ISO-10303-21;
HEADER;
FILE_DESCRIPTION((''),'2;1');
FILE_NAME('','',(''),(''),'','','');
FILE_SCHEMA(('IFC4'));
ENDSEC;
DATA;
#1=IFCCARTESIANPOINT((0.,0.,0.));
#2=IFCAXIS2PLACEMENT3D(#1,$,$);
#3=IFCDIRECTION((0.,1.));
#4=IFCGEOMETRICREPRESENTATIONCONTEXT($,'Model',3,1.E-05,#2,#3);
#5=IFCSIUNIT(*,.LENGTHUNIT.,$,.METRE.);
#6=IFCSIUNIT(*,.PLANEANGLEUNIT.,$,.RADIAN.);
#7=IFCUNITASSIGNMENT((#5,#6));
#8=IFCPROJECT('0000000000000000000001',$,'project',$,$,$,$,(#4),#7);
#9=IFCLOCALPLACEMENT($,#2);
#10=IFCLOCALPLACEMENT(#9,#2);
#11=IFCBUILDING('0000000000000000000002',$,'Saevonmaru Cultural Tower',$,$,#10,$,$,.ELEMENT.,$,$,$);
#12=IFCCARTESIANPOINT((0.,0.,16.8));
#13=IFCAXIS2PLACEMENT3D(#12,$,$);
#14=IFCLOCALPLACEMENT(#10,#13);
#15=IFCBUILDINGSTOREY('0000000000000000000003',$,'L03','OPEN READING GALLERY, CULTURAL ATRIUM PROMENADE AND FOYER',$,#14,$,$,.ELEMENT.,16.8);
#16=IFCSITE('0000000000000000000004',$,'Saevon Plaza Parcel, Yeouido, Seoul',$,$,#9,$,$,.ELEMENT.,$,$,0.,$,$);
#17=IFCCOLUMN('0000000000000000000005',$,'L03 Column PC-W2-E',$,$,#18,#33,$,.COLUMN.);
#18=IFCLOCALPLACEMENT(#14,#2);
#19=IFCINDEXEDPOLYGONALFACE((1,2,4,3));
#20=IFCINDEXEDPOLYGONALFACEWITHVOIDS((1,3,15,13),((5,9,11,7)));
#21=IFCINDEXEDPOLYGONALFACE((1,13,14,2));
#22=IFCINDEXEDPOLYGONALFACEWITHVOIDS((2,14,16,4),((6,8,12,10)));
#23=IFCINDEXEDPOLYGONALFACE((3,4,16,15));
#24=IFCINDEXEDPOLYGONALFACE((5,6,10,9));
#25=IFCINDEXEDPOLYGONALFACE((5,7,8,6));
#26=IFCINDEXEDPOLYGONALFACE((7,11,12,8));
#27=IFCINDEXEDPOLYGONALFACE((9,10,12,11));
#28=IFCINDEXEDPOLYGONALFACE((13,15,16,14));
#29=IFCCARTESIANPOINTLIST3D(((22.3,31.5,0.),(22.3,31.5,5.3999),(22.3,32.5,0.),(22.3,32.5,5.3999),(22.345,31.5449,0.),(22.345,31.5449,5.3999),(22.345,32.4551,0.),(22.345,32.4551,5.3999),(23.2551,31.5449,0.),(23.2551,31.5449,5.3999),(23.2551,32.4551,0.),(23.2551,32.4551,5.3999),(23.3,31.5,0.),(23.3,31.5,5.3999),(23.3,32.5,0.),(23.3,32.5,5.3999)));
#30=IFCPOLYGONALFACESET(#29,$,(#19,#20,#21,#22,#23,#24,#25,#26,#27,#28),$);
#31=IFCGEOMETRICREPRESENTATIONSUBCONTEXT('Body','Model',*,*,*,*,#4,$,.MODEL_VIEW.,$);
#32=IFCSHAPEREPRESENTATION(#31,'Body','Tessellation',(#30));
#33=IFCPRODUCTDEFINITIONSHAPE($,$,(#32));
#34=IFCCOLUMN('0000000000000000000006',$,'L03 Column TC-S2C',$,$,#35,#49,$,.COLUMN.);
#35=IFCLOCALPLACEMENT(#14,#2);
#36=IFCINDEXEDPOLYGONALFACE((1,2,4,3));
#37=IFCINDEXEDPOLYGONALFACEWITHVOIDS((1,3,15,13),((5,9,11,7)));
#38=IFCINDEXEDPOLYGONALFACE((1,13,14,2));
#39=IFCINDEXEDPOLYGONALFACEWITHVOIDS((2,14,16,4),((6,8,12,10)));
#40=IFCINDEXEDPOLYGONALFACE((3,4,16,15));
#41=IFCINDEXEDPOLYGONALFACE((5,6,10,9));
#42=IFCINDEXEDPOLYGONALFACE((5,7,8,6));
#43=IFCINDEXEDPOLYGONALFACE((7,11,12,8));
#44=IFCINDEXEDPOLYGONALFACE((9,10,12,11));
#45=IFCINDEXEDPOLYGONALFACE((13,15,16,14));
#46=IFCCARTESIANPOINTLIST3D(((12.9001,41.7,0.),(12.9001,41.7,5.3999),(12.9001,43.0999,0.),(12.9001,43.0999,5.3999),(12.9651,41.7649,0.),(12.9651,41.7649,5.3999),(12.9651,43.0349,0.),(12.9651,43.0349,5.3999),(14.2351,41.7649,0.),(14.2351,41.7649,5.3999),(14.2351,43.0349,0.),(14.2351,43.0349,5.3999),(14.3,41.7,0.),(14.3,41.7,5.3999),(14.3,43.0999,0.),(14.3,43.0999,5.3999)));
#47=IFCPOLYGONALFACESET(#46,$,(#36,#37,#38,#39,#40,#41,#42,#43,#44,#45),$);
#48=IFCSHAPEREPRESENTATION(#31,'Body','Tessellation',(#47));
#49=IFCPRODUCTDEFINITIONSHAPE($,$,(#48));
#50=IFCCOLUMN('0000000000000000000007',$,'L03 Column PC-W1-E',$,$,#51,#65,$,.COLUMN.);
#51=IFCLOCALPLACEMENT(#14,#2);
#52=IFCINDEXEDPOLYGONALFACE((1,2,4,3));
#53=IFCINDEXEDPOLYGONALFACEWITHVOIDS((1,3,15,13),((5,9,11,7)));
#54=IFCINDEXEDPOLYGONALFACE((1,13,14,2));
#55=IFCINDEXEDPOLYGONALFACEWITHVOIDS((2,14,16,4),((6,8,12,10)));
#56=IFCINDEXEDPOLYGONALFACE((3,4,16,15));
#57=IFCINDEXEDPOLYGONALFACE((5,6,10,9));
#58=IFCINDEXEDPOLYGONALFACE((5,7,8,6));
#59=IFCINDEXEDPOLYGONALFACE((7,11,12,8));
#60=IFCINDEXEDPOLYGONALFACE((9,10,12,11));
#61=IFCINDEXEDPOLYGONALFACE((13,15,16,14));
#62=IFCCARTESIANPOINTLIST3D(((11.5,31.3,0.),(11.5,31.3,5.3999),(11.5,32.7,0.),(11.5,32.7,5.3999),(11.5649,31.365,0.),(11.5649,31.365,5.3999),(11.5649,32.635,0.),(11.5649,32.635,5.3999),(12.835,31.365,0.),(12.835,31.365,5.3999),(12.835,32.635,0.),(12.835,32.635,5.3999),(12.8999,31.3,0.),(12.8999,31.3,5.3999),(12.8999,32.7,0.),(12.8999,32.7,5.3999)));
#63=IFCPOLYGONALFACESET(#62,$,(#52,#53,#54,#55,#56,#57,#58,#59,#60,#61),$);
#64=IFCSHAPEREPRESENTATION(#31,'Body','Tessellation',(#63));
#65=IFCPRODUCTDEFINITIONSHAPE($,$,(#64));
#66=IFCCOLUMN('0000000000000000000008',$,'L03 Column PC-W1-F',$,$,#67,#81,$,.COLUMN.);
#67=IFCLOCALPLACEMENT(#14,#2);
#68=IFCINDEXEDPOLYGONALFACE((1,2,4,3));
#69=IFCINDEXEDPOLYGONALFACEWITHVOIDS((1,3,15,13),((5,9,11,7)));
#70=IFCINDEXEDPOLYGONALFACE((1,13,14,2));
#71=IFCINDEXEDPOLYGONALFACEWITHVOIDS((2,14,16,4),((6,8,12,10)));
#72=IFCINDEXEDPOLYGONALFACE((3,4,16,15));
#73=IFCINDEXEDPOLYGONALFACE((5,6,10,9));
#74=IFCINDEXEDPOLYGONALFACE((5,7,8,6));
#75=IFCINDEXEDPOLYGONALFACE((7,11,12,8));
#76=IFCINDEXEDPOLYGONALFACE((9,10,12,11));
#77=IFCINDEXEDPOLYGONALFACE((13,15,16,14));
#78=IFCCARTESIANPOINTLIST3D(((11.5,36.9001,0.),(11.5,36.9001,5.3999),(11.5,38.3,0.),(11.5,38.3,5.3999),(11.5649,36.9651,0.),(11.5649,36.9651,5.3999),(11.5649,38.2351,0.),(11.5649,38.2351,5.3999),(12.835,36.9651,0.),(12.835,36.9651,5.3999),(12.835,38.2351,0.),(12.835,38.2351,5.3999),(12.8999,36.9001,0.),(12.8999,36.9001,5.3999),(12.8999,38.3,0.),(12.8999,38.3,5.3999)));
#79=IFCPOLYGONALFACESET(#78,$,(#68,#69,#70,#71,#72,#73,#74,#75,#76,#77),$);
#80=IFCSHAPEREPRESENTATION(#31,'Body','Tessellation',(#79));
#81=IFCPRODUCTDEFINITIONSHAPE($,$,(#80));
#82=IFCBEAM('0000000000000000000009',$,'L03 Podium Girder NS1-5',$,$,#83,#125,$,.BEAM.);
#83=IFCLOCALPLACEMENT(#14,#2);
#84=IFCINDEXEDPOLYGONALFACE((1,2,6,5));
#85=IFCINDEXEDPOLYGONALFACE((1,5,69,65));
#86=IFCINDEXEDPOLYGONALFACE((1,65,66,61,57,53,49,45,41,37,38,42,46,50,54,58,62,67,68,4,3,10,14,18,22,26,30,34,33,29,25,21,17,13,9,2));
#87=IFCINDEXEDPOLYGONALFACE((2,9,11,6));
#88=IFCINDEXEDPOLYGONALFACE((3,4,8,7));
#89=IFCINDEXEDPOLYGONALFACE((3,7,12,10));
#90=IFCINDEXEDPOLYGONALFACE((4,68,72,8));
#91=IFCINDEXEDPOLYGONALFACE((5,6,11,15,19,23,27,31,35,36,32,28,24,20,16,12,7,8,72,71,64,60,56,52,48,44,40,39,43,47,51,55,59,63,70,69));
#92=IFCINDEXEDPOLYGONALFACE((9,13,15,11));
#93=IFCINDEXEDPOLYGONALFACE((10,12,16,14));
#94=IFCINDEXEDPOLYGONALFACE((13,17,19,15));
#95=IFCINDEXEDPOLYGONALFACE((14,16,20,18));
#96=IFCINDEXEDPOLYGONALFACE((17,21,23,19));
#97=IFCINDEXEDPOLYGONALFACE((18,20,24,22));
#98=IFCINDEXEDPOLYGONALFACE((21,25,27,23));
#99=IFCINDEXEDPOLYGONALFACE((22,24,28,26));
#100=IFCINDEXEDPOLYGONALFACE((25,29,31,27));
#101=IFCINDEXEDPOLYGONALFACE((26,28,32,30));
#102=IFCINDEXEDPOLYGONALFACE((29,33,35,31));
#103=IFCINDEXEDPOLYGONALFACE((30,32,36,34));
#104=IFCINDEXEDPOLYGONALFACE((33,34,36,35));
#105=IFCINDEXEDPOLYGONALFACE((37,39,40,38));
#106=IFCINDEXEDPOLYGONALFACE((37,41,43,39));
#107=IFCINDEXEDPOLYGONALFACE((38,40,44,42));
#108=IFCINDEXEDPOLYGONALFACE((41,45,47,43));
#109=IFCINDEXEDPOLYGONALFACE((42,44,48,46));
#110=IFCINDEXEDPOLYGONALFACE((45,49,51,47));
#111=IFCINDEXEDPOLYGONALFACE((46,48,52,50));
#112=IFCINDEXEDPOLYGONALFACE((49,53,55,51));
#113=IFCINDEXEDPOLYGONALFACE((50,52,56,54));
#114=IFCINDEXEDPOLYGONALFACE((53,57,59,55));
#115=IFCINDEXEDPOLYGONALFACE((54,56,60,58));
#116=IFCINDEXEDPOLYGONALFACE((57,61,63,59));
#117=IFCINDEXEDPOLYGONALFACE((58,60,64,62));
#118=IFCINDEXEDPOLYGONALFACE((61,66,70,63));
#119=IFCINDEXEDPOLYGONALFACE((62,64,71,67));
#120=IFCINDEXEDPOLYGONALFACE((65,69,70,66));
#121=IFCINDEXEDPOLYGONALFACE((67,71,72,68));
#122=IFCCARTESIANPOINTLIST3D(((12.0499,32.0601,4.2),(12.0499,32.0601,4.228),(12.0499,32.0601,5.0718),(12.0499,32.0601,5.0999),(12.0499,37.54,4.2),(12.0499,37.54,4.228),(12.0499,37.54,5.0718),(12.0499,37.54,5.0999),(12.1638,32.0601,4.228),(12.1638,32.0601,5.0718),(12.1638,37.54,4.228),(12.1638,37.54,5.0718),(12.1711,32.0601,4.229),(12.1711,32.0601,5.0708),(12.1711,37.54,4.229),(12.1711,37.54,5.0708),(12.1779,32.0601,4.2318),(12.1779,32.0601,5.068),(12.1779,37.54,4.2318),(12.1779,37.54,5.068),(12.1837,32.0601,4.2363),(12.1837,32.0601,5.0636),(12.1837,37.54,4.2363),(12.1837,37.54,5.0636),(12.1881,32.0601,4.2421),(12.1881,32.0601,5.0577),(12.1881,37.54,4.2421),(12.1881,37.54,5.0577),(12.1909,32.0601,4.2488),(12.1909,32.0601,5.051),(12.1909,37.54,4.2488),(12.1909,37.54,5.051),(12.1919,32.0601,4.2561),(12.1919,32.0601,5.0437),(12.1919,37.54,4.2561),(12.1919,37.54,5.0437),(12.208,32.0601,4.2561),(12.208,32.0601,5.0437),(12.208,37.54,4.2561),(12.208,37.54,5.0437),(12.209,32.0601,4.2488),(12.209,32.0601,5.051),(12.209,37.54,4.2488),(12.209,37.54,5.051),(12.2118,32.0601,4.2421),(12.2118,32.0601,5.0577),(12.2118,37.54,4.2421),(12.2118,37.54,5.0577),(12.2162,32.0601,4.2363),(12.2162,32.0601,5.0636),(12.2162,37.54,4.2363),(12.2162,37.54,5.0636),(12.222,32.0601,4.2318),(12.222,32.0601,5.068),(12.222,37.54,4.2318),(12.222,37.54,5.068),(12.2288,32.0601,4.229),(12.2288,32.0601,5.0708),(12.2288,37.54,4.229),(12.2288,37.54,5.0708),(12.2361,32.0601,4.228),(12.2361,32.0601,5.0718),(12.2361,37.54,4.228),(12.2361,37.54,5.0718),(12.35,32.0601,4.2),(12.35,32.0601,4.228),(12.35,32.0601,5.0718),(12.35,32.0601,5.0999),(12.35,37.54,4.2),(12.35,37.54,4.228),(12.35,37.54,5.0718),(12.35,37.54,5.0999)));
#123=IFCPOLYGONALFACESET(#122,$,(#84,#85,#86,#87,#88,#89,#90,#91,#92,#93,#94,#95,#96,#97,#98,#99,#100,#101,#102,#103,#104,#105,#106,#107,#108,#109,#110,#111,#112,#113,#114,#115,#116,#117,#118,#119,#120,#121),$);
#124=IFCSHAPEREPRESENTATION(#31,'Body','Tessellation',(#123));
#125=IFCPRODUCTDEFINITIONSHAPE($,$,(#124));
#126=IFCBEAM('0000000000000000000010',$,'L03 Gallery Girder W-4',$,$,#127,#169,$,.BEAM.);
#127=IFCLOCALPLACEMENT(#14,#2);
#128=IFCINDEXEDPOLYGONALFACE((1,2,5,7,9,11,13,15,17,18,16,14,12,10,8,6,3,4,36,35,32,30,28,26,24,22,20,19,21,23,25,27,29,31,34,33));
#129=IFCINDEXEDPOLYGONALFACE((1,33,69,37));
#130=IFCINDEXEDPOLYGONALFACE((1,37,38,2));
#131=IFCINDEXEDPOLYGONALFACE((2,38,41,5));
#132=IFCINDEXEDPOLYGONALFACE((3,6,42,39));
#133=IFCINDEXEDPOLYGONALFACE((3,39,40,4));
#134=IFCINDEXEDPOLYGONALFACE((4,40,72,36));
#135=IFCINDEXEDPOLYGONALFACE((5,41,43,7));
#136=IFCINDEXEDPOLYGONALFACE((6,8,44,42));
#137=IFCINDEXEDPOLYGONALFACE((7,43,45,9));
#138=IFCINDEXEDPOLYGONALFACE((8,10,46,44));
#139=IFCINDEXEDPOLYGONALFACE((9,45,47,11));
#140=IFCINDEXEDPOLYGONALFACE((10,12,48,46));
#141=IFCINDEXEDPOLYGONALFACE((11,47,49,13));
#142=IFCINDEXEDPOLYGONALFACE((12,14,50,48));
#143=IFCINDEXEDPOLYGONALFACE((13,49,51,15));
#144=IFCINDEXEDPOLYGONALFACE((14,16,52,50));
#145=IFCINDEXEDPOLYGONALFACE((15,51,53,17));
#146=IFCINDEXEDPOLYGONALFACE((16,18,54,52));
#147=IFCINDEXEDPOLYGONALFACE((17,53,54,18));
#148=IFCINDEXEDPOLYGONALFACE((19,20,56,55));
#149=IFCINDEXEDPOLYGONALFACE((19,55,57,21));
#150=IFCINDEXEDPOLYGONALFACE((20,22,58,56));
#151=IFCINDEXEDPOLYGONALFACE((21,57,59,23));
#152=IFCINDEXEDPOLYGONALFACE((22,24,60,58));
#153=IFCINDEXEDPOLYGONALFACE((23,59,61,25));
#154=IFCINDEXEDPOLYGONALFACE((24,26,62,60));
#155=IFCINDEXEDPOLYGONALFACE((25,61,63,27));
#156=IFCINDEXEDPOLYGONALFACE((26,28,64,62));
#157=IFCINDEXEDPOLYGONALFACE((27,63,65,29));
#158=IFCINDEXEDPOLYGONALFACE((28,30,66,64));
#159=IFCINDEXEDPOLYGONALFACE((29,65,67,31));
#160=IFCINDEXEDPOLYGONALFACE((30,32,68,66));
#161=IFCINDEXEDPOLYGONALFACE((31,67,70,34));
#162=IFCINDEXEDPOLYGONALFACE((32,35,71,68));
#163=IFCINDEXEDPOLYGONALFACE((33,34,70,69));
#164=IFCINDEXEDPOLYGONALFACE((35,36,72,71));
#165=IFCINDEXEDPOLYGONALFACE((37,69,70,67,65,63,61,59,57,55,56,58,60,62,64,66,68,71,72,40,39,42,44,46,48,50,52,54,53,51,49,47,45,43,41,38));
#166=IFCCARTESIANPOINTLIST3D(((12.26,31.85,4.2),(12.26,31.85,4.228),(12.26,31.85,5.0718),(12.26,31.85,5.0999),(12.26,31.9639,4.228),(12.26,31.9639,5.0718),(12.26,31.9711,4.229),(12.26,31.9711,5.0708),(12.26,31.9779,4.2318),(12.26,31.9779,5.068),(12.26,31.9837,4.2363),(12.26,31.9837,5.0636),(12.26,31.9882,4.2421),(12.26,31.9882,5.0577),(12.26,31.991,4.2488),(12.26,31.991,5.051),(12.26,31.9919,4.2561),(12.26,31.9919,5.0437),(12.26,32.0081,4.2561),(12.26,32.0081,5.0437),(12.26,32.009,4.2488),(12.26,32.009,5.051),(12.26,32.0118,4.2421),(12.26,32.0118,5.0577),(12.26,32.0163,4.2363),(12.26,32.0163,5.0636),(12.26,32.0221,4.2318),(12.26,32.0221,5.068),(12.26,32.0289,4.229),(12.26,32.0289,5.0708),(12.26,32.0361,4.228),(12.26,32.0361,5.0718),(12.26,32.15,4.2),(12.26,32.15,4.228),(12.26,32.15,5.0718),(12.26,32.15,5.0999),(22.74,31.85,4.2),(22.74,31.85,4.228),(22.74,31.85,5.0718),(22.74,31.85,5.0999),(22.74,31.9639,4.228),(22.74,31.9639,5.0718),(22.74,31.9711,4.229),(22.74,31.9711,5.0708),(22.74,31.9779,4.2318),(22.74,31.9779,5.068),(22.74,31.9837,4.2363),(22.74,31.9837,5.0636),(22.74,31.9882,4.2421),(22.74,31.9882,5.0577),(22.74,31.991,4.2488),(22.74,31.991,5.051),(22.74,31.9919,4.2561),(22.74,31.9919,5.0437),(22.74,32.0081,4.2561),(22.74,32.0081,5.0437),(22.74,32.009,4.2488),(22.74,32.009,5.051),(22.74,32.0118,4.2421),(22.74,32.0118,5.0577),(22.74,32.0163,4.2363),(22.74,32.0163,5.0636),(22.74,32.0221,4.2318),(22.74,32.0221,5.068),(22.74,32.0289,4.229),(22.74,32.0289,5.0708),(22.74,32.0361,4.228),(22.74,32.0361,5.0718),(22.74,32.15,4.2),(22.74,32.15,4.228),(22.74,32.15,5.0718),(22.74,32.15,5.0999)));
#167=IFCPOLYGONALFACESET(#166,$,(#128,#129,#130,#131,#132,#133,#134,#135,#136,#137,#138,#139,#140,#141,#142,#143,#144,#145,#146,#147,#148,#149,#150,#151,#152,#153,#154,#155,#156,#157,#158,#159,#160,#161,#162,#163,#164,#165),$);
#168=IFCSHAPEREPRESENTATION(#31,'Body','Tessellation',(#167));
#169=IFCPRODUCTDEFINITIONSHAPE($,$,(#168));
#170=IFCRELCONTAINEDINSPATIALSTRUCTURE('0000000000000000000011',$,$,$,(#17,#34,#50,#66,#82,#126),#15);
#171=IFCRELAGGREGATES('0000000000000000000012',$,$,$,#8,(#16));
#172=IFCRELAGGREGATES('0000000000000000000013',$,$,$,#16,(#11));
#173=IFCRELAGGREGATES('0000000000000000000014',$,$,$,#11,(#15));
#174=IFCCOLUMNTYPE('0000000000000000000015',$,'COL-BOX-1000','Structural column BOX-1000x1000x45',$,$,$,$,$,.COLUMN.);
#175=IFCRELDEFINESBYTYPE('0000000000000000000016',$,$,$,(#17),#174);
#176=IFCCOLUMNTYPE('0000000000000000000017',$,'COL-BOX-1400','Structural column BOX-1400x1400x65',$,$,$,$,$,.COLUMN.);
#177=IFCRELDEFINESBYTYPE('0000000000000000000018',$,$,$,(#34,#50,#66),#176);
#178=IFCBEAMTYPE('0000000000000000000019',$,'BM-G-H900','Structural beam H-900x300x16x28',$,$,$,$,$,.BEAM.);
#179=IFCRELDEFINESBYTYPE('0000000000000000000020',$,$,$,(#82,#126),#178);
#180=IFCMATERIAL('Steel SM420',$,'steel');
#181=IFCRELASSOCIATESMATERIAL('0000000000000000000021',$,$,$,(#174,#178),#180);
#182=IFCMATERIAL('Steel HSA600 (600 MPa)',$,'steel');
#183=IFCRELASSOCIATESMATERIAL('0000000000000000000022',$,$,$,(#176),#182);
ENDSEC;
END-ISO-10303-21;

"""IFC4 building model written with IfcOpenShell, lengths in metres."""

from ifc_helpers import new_model, si_unit, direction, frame, origin, origin_2d, place, context, subcontext, project, spatial, hollow_rectangle, i_section, extrude, material, material_profile, profile_set, type_object, element, save


model = new_model("IFC4")

# Units and contexts
model_context = context("Model", 3, precision=1e-05, world=origin(), true_north=direction((0.0, 1.0)))
body_context = subcontext(model_context, "Body", "Model", "MODEL_VIEW")
ifc_project = project(units=[si_unit("LENGTHUNIT", "METRE"), si_unit("PLANEANGLEUNIT", "RADIAN")], contexts=[model_context])

# Site, building, storey
site_placement = place(None, origin())
site = spatial("IfcSite", under=ifc_project, at=site_placement, Name="Saevon Plaza Parcel, Yeouido, Seoul", CompositionType="ELEMENT", RefElevation=0.0)
building_placement = place(site_placement, origin())
building = spatial("IfcBuilding", under=site, at=building_placement, Name="Saevonmaru Cultural Tower", CompositionType="ELEMENT")
storey_placement = place(building_placement, frame((0.0, 0.0, 16.8)))
storey = spatial("IfcBuildingStorey", under=building, at=storey_placement, Name="L03", Description="OPEN READING GALLERY, CULTURAL ATRIUM PROMENADE AND FOYER", CompositionType="ELEMENT", Elevation=16.8)

# Columns
ifc_material_1 = material(Name="Steel SM420", Category="steel")
ifc_material_profile_1 = material_profile(ifc_material_1, hollow_rectangle(XDim=1.0, YDim=1.0, WallThickness=0.0449, at=origin_2d()), Name="BOX-1000x1000x45")
ifc_profile_set_1 = profile_set([ifc_material_profile_1], Name="Steel SM420")
column_type_1 = type_object("IfcColumnType", Name="COL-BOX-1000", Description="Structural column BOX-1000x1000x45", PredefinedType="COLUMN", material=ifc_profile_set_1)
column_placement = place(storey_placement, frame((22.8, 32.0, 0.0), z_axis=(0.0, 0.0, 1.0), x_axis=(1.0, 0.0, 0.0)))
element("IfcColumn", 1, at=column_placement, inside=storey, type_object=column_type_1, Name="L03 Column PC-W2-E", PredefinedType="COLUMN", context=body_context, shape_type="SweptSolid", body=[
    extrude(hollow_rectangle(XDim=1.0, YDim=1.0, WallThickness=0.0449, at=origin_2d()), origin(), (0.0, 0.0, 1.0), 5.3999),
])
ifc_material_2 = material(Name="Steel HSA600 (600 MPa)", Category="steel")
ifc_material_profile_2 = material_profile(ifc_material_2, hollow_rectangle(XDim=1.3999, YDim=1.3999, WallThickness=0.0649, at=origin_2d()), Name="BOX-1400x1400x65")
ifc_profile_set_2 = profile_set([ifc_material_profile_2], Name="Steel HSA600 (600 MPa)")
column_type_2 = type_object("IfcColumnType", Name="COL-BOX-1400", Description="Structural column BOX-1400x1400x65", PredefinedType="COLUMN", material=ifc_profile_set_2)
for number, where, z_axis, x_axis, name in (
    (2, (13.6001, 42.3999, 0.0), (0.0, 0.0, 1.0), (1.0, 0.0, 0.0), "L03 Column TC-S2C"),
    (3, (12.2, 32.0, 0.0), (0.0, 0.0, 1.0), (1.0, 0.0, 0.0), "L03 Column PC-W1-E"),
    (4, (12.2, 37.6001, 0.0), (0.0, 0.0, 1.0), (1.0, 0.0, 0.0), "L03 Column PC-W1-F"),
):
    element("IfcColumn", number, at=place(storey_placement, frame(where, z_axis=z_axis, x_axis=x_axis)), inside=storey, type_object=column_type_2, Name=name, PredefinedType="COLUMN", context=body_context, shape_type="SweptSolid", body=[
        extrude(hollow_rectangle(XDim=1.3999, YDim=1.3999, WallThickness=0.0649, at=origin_2d()), origin(), (0.0, 0.0, 1.0), 5.3999),
    ])

# Beams
ifc_material_profile_3 = material_profile(ifc_material_1, i_section(OverallWidth=0.3, OverallDepth=0.8999, WebThickness=0.0161, FlangeThickness=0.0281, FilletRadius=0.0281, at=origin_2d()), Name="H-900x300x16x28")
ifc_profile_set_3 = profile_set([ifc_material_profile_3], Name="Steel SM420")
beam_type_1 = type_object("IfcBeamType", Name="BM-G-H900", Description="Structural beam H-900x300x16x28", PredefinedType="BEAM", material=ifc_profile_set_3)
beam_1_placement = place(storey_placement, frame((12.2, 32.0601, 4.6499), z_axis=(0.0, 1.0, 0.0), x_axis=(-1.0, 0.0, 0.0)))
element("IfcBeam", 5, at=beam_1_placement, inside=storey, type_object=beam_type_1, Name="L03 Podium Girder NS1-5", PredefinedType="BEAM", context=body_context, shape_type="SweptSolid", body=[
    extrude(i_section(OverallWidth=0.3, OverallDepth=0.8999, WebThickness=0.0161, FlangeThickness=0.0281, FilletRadius=0.0281, at=origin_2d()), origin(), (0.0, 0.0, 1.0), 5.48),
])
for number, where, z_axis, x_axis, name in (
    (6, (12.26, 32.0, 4.6499), (1.0, 0.0, 0.0), (0.0, 1.0, 0.0), "L03 Gallery Girder W-4"),
):
    element("IfcBeam", number, at=place(storey_placement, frame(where, z_axis=z_axis, x_axis=x_axis)), inside=storey, type_object=beam_type_1, Name=name, PredefinedType="BEAM", context=body_context, shape_type="SweptSolid", body=[
        extrude(i_section(OverallWidth=0.3, OverallDepth=0.8999, WebThickness=0.0161, FlangeThickness=0.0281, FilletRadius=0.0281, at=origin_2d()), origin(), (0.0, 0.0, 1.0), 10.48),
    ])

save(model, "model.ifc")
